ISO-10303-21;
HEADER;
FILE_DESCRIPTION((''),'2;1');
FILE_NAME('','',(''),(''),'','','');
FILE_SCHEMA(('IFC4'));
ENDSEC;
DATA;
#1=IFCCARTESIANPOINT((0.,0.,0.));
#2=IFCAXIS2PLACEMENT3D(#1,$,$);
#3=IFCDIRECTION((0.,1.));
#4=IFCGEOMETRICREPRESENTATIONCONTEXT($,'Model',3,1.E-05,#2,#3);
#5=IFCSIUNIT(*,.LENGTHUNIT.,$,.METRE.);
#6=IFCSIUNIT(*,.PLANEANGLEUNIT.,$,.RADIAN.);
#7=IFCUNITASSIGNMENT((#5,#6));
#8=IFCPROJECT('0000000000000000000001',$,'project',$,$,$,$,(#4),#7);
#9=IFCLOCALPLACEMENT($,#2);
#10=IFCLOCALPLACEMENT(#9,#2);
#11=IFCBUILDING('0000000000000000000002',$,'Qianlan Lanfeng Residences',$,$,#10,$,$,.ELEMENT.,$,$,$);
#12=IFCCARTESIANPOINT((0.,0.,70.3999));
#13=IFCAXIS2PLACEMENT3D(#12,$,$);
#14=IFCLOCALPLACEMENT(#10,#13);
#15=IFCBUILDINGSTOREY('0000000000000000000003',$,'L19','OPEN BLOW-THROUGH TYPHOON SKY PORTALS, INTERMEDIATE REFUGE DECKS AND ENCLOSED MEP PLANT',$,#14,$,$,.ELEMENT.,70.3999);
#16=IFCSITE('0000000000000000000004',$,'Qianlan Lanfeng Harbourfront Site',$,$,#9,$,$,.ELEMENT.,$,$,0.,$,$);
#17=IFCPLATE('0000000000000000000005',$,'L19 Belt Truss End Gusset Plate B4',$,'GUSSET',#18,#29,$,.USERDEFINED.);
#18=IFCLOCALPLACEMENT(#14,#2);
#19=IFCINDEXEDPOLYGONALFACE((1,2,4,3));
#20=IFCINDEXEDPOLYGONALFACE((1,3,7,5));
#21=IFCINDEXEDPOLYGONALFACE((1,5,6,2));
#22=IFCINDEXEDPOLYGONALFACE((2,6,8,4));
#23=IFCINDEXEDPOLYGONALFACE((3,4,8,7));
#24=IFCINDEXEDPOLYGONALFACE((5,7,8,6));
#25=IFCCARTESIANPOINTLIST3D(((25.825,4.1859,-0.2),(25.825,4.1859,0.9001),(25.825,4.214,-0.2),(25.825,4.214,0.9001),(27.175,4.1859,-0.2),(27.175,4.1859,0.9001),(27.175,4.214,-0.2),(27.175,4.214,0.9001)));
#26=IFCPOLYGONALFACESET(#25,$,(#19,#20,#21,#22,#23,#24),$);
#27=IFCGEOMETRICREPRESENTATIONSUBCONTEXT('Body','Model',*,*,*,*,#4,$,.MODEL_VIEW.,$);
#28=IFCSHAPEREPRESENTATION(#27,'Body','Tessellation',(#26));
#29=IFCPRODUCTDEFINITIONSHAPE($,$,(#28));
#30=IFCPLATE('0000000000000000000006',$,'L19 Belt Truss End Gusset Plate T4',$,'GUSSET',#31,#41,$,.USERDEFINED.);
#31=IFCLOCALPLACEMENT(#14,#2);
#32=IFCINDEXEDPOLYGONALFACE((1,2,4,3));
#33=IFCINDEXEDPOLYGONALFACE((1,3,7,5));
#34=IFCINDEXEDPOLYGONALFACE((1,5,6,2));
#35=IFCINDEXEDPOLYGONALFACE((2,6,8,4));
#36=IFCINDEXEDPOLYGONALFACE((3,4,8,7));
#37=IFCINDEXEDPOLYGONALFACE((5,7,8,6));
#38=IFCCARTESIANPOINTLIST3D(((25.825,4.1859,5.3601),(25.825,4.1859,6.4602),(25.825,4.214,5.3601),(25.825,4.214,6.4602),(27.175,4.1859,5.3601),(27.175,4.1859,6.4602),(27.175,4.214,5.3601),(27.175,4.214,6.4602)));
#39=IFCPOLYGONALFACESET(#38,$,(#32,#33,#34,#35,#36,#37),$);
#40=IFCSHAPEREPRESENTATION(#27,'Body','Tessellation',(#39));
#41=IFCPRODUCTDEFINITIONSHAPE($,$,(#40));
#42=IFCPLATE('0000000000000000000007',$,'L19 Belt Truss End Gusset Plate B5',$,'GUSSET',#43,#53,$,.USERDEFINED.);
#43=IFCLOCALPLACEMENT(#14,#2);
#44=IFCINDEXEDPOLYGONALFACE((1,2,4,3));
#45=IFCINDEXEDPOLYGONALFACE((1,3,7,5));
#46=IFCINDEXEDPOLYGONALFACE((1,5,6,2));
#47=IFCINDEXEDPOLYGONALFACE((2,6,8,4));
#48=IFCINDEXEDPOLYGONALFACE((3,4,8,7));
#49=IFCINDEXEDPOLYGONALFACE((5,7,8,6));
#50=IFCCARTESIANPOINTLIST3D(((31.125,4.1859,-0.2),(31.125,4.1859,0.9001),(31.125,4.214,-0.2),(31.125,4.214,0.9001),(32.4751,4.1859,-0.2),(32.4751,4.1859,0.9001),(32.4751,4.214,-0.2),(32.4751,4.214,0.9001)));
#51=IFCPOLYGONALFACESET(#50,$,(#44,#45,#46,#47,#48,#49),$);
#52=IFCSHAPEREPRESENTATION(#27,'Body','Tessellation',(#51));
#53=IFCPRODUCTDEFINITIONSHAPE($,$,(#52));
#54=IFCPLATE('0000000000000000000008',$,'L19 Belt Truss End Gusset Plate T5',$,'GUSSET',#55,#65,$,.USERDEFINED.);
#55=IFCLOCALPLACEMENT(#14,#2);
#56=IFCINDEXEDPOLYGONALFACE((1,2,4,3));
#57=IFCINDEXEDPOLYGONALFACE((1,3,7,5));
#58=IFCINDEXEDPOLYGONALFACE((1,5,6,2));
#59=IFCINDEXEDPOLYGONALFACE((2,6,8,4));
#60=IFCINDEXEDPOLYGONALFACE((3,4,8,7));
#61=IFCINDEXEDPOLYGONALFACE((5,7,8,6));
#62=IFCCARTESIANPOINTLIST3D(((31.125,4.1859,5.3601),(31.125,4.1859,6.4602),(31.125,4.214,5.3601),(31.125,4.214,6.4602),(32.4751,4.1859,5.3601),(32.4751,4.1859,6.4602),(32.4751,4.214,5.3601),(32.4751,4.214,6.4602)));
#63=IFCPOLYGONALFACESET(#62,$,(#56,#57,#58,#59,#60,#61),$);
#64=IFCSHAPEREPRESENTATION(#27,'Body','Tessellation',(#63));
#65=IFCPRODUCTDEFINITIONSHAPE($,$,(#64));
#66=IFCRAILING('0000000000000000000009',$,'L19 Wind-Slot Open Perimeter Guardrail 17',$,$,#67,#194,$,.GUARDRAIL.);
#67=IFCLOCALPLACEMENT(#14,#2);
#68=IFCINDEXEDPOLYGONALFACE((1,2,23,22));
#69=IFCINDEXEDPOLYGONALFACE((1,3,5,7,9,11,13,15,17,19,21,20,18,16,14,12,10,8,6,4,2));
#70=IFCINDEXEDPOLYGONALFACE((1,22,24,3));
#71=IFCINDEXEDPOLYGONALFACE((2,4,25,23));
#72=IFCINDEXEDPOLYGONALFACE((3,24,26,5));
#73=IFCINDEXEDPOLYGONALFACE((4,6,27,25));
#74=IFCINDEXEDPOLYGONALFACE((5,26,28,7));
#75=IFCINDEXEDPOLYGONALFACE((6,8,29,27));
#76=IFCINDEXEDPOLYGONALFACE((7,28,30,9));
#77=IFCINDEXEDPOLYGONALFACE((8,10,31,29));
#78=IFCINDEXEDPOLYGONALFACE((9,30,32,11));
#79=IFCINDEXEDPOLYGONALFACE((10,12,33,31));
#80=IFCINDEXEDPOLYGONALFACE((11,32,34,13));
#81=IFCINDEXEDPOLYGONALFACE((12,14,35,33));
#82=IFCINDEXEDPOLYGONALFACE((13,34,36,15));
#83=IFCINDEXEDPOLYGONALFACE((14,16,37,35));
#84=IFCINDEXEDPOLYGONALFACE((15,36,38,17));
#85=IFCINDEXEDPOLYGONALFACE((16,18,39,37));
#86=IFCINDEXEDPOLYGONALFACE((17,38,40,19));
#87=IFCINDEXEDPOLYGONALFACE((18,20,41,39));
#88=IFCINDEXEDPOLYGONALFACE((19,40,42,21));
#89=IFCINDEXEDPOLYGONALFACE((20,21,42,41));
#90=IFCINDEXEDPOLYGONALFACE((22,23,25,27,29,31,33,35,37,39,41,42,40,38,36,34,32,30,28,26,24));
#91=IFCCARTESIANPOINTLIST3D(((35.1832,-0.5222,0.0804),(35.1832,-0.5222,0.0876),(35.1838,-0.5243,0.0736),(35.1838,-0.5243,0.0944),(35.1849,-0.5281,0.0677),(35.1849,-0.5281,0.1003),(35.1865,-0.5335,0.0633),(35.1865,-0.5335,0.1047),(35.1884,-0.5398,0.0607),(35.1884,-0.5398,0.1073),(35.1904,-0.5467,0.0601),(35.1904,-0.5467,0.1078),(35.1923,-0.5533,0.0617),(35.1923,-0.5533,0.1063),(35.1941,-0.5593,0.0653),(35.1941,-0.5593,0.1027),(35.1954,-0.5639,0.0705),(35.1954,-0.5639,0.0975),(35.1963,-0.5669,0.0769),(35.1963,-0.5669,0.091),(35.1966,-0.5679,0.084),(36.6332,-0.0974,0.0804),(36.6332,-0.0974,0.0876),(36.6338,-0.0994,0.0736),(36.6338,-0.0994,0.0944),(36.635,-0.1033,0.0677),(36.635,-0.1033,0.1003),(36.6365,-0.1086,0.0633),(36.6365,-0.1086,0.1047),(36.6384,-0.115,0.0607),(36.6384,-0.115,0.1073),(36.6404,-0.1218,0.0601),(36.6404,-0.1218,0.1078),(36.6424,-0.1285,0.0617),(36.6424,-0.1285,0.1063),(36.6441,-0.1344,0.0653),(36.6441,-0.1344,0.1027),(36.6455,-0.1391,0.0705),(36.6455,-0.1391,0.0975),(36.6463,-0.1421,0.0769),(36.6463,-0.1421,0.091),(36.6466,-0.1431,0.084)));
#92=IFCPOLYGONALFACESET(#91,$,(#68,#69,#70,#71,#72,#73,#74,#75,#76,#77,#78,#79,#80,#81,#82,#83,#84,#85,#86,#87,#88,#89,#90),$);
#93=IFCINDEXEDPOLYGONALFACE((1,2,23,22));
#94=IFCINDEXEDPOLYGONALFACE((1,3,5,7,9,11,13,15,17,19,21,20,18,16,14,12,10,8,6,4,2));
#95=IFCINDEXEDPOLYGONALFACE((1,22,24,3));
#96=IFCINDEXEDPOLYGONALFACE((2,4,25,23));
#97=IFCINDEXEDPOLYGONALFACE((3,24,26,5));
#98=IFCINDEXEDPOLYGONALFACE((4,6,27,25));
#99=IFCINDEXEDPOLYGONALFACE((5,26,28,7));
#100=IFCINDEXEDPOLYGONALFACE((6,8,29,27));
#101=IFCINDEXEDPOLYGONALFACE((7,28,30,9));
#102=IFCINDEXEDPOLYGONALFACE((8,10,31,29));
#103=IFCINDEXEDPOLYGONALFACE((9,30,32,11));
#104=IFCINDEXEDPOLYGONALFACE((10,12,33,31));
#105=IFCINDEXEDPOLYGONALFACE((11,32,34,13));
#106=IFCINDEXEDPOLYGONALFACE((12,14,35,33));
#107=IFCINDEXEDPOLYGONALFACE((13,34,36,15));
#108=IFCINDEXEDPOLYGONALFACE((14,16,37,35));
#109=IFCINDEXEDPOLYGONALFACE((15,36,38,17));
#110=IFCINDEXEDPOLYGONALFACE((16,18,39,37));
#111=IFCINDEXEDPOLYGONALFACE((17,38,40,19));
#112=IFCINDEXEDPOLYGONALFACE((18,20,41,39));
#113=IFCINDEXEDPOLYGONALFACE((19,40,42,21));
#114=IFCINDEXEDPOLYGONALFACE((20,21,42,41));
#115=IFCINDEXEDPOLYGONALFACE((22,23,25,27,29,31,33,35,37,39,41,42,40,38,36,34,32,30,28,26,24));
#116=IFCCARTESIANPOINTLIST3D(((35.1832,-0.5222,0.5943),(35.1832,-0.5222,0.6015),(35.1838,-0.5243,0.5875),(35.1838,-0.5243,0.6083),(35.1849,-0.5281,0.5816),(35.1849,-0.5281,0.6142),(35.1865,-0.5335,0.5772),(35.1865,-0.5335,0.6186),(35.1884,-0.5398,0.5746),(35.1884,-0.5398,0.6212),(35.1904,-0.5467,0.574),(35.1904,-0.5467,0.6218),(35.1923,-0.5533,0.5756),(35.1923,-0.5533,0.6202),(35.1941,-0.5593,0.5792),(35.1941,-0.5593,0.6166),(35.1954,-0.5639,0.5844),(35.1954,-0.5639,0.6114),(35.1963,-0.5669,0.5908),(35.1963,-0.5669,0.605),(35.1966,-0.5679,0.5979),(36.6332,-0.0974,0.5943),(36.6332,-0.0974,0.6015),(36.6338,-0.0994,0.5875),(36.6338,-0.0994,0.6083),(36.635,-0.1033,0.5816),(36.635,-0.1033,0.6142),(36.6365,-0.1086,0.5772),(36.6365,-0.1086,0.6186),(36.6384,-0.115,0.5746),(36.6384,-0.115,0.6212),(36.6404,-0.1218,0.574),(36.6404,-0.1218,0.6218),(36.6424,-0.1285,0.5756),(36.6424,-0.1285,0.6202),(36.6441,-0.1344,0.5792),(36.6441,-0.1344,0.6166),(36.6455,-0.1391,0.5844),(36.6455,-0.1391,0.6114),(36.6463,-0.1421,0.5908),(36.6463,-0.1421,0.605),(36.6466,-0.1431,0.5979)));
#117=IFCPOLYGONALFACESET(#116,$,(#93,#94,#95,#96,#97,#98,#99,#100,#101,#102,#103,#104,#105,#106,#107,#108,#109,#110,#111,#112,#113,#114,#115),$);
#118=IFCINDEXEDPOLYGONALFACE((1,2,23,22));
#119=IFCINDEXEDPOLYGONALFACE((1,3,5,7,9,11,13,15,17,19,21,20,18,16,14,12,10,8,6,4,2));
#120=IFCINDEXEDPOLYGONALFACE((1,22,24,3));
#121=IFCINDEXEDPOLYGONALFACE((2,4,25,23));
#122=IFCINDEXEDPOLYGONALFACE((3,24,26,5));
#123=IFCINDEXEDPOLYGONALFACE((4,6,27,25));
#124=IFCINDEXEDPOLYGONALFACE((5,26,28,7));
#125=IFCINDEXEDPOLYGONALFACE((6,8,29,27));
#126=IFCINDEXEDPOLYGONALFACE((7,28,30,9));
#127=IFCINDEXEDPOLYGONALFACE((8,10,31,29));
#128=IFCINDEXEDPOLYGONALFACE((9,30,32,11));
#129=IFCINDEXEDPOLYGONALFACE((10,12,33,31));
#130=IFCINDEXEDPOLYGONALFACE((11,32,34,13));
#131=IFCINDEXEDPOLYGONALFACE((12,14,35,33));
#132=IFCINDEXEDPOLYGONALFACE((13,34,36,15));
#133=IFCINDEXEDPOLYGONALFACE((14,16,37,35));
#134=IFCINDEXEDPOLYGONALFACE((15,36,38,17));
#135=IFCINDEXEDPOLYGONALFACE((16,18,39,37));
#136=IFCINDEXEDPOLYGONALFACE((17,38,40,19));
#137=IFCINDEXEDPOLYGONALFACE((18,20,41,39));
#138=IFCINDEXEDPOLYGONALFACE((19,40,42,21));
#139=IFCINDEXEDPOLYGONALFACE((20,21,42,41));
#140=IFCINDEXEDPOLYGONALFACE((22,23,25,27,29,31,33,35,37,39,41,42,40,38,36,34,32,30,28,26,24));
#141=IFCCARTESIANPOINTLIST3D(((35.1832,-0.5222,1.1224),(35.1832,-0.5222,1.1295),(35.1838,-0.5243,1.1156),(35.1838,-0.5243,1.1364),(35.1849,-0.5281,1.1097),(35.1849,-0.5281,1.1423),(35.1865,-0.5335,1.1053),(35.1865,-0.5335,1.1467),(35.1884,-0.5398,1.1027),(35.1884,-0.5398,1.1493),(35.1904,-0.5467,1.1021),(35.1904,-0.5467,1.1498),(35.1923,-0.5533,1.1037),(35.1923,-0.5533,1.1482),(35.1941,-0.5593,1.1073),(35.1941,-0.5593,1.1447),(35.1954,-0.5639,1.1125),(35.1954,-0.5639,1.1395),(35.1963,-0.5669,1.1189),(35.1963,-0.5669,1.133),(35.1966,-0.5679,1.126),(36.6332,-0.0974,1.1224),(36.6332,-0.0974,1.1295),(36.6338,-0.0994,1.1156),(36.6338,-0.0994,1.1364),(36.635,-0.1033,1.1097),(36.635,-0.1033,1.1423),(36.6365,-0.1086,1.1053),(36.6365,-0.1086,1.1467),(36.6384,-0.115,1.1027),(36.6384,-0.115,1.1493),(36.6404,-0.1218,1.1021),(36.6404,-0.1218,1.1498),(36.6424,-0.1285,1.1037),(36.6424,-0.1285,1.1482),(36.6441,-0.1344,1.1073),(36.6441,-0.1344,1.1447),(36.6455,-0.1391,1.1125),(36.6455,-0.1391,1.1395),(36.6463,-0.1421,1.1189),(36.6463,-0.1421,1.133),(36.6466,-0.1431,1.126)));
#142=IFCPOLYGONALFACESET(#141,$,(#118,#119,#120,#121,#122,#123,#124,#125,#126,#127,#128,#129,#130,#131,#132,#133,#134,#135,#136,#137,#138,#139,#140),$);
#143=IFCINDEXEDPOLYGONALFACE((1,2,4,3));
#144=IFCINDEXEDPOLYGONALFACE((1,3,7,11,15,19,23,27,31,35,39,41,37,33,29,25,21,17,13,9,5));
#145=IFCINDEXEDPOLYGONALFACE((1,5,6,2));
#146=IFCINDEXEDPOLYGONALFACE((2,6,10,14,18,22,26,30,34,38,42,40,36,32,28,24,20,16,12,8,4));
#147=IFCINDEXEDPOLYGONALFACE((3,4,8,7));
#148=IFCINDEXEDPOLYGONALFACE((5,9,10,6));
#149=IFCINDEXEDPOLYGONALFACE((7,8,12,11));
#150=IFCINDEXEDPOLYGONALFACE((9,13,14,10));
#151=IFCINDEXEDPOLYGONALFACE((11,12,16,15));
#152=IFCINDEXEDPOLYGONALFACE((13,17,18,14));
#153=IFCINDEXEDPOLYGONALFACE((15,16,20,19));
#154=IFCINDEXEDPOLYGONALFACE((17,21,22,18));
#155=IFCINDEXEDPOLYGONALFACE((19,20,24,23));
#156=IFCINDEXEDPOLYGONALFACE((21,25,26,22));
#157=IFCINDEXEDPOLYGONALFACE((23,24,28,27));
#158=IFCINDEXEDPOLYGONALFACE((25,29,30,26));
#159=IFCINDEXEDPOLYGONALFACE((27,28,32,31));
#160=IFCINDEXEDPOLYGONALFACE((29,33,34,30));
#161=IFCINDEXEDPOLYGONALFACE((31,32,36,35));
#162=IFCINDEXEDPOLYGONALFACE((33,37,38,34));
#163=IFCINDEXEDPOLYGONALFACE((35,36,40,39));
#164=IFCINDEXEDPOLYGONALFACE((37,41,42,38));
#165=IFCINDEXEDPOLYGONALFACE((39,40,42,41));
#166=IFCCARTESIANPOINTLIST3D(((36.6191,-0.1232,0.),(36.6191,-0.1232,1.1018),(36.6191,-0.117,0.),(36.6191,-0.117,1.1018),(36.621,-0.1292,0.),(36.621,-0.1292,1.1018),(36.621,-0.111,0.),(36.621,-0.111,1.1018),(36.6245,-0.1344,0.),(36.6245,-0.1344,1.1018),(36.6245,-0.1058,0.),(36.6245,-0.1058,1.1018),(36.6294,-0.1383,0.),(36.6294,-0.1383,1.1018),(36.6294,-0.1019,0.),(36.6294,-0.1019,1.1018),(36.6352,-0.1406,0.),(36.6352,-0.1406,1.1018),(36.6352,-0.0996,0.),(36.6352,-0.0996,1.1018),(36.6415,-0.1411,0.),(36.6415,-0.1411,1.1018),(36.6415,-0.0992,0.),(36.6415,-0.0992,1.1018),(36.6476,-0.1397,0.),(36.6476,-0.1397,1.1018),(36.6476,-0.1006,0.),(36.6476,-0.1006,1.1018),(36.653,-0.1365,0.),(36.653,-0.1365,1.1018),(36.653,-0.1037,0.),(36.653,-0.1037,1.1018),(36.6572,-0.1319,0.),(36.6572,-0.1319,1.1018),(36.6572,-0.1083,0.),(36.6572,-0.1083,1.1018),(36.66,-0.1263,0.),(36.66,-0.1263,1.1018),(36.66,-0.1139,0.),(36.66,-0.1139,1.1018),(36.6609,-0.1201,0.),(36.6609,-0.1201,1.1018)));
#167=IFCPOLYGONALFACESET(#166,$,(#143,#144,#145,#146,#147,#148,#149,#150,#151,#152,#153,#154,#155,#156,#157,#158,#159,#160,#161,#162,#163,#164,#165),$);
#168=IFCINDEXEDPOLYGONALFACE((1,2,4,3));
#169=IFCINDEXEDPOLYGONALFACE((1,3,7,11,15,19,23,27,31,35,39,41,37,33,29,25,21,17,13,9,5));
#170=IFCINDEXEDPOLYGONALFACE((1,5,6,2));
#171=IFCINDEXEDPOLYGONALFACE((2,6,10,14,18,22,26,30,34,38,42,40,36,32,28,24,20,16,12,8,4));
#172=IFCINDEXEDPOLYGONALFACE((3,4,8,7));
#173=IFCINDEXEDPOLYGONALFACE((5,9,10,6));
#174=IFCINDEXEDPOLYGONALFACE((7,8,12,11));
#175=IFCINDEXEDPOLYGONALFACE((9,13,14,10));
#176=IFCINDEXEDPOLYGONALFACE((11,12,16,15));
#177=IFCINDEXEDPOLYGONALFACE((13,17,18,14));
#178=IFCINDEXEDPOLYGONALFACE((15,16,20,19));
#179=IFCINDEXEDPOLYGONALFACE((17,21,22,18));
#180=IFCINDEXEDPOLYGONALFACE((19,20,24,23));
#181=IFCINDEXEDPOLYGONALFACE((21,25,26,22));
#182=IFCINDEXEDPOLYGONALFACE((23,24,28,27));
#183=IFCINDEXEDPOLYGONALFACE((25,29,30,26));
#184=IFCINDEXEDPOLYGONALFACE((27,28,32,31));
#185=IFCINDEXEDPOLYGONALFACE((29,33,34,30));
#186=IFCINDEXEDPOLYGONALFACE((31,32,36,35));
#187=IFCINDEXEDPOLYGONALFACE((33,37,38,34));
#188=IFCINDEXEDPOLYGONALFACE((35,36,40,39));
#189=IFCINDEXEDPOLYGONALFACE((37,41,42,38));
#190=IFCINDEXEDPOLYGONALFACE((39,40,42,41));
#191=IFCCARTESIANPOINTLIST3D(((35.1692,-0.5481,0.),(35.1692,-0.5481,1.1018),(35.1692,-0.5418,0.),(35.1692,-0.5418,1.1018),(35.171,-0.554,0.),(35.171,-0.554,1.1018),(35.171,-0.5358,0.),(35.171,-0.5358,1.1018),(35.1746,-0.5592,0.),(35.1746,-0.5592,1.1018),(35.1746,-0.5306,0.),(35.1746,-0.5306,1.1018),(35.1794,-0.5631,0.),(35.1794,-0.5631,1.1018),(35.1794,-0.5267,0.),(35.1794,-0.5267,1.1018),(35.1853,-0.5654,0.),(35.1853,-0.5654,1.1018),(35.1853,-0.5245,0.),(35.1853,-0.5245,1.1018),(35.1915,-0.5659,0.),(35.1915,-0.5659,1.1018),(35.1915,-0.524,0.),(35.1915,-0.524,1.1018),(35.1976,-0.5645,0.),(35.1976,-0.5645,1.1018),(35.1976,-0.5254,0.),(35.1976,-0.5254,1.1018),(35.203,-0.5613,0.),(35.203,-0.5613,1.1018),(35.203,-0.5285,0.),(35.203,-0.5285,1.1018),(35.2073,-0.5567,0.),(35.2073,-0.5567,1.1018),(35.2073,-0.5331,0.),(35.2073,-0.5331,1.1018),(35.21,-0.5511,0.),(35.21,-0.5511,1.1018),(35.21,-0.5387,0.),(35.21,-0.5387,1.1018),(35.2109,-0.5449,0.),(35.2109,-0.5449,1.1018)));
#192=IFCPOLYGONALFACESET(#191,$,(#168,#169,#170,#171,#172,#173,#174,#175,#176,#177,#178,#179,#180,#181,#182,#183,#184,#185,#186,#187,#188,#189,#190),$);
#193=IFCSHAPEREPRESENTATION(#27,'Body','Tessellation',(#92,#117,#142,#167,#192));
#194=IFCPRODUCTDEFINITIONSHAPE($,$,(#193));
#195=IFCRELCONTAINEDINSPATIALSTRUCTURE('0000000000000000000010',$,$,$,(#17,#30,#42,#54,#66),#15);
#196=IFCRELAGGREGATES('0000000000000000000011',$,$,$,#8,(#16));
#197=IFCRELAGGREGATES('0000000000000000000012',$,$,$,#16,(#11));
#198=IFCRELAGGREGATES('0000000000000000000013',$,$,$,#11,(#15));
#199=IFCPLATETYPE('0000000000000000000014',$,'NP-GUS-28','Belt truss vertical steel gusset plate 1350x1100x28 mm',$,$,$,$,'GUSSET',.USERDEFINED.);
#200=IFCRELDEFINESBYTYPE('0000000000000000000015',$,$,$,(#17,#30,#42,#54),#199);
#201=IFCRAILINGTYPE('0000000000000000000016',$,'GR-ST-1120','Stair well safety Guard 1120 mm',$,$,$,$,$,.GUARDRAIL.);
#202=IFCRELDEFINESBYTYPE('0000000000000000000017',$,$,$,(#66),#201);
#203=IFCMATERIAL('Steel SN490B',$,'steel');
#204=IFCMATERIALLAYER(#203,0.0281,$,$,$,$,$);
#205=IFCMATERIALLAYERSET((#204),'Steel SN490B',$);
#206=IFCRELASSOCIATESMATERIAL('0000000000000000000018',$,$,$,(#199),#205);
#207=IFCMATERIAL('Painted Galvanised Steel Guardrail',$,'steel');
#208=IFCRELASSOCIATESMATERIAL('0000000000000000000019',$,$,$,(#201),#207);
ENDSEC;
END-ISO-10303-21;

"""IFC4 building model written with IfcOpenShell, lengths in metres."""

from ifc_helpers import new_model, si_unit, direction, frame, origin, origin_2d, place, context, subcontext, project, spatial, rectangle, circle, extrude, source, transform, mapped, material, layer, layer_set, type_object, element, save


model = new_model("IFC4")

# Units and contexts
model_context = context("Model", 3, precision=1e-05, world=origin(), true_north=direction((0.0, 1.0)))
body_context = subcontext(model_context, "Body", "Model", "MODEL_VIEW")
ifc_project = project(units=[si_unit("LENGTHUNIT", "METRE"), si_unit("PLANEANGLEUNIT", "RADIAN")], contexts=[model_context])

# Site, building, storey
site_placement = place(None, origin())
site = spatial("IfcSite", under=ifc_project, at=site_placement, Name="Qianlan Lanfeng Harbourfront Site", CompositionType="ELEMENT", RefElevation=0.0)
building_placement = place(site_placement, origin())
building = spatial("IfcBuilding", under=site, at=building_placement, Name="Qianlan Lanfeng Residences", CompositionType="ELEMENT")
storey_placement = place(building_placement, frame((0.0, 0.0, 70.3999)))
storey = spatial("IfcBuildingStorey", under=building, at=storey_placement, Name="L19", Description="OPEN BLOW-THROUGH TYPHOON SKY PORTALS, INTERMEDIATE REFUGE DECKS AND ENCLOSED MEP PLANT", CompositionType="ELEMENT", Elevation=70.3999)

# Shared definitions
ifc_material_1 = material(Name="Steel SN490B", Category="steel")

# Plates
ifc_layer = layer(ifc_material_1, 0.0281)
ifc_layer_set = layer_set([ifc_layer], Name="Steel SN490B")
plate_type = type_object("IfcPlateType", Name="NP-GUS-28", Description="Belt truss vertical steel gusset plate 1350x1100x28 mm", ElementType="GUSSET", PredefinedType="USERDEFINED", material=ifc_layer_set)
shared_shape = source(origin(), body_context, "Body", "SweptSolid", [
    extrude(rectangle(XDim=1.3501, YDim=0.0281, at=origin_2d()), origin(), (0.0, 0.0, 1.0), 1.1001),
])
for number, where, z_axis, x_axis, name in (
    (1, (26.5, 4.2, -0.2), (0.0, 0.0, 1.0), (1.0, 0.0, 0.0), "L19 Belt Truss End Gusset Plate B4"),
    (2, (26.5, 4.2, 5.3601), (0.0, 0.0, 1.0), (1.0, 0.0, 0.0), "L19 Belt Truss End Gusset Plate T4"),
    (3, (31.8, 4.2, -0.2), (0.0, 0.0, 1.0), (1.0, 0.0, 0.0), "L19 Belt Truss End Gusset Plate B5"),
    (4, (31.8, 4.2, 5.3601), (0.0, 0.0, 1.0), (1.0, 0.0, 0.0), "L19 Belt Truss End Gusset Plate T5"),
):
    element("IfcPlate", number, at=place(storey_placement, frame(where, z_axis=z_axis, x_axis=x_axis)), inside=storey, type_object=plate_type, Name=name, ObjectType="GUSSET", PredefinedType="USERDEFINED", context=body_context, shape_type="MappedRepresentation", body=[
        mapped(shared_shape, transform((0.0, 0.0, 0.0), scale=1.0)),
    ])

# Railing
ifc_material_2 = material(Name="Painted Galvanised Steel Guardrail", Category="steel")
railing_type = type_object("IfcRailingType", Name="GR-ST-1120", Description="Stair well safety Guard 1120 mm", PredefinedType="GUARDRAIL", material=ifc_material_2)
railing_1_placement = place(storey_placement, frame((36.6399, -0.1201, 0.0)))
element("IfcRailing", 5, at=railing_1_placement, inside=storey, type_object=railing_type, Name="L19 Wind-Slot Open Perimeter Guardrail 17", PredefinedType="GUARDRAIL", context=body_context, shape_type="SweptSolid", body=[
    extrude(circle(Radius=0.0239, at=origin_2d()), frame((0.0, 0.0, 0.084), z_axis=(-0.959661, -0.28116, 0.0), x_axis=(0.28116, -0.959661, 0.0)), (0.0, 0.0, 1.0), 1.511),
    extrude(circle(Radius=0.0239, at=origin_2d()), frame((0.0, 0.0, 0.5979), z_axis=(-0.959661, -0.28116, 0.0), x_axis=(0.28116, -0.959661, 0.0)), (0.0, 0.0, 1.0), 1.511),
    extrude(circle(Radius=0.0239, at=origin_2d()), frame((0.0, 0.0, 1.126), z_axis=(-0.959661, -0.28116, 0.0), x_axis=(0.28116, -0.959661, 0.0)), (0.0, 0.0, 1.0), 1.511),
    extrude(circle(Radius=0.021, at=origin_2d()), origin(), (0.0, 0.0, 1.0), 1.1018),
    extrude(circle(Radius=0.021, at=origin_2d()), frame((-1.45, -0.4248, 0.0)), (0.0, 0.0, 1.0), 1.1018),
])

save(model, "model.ifc")
